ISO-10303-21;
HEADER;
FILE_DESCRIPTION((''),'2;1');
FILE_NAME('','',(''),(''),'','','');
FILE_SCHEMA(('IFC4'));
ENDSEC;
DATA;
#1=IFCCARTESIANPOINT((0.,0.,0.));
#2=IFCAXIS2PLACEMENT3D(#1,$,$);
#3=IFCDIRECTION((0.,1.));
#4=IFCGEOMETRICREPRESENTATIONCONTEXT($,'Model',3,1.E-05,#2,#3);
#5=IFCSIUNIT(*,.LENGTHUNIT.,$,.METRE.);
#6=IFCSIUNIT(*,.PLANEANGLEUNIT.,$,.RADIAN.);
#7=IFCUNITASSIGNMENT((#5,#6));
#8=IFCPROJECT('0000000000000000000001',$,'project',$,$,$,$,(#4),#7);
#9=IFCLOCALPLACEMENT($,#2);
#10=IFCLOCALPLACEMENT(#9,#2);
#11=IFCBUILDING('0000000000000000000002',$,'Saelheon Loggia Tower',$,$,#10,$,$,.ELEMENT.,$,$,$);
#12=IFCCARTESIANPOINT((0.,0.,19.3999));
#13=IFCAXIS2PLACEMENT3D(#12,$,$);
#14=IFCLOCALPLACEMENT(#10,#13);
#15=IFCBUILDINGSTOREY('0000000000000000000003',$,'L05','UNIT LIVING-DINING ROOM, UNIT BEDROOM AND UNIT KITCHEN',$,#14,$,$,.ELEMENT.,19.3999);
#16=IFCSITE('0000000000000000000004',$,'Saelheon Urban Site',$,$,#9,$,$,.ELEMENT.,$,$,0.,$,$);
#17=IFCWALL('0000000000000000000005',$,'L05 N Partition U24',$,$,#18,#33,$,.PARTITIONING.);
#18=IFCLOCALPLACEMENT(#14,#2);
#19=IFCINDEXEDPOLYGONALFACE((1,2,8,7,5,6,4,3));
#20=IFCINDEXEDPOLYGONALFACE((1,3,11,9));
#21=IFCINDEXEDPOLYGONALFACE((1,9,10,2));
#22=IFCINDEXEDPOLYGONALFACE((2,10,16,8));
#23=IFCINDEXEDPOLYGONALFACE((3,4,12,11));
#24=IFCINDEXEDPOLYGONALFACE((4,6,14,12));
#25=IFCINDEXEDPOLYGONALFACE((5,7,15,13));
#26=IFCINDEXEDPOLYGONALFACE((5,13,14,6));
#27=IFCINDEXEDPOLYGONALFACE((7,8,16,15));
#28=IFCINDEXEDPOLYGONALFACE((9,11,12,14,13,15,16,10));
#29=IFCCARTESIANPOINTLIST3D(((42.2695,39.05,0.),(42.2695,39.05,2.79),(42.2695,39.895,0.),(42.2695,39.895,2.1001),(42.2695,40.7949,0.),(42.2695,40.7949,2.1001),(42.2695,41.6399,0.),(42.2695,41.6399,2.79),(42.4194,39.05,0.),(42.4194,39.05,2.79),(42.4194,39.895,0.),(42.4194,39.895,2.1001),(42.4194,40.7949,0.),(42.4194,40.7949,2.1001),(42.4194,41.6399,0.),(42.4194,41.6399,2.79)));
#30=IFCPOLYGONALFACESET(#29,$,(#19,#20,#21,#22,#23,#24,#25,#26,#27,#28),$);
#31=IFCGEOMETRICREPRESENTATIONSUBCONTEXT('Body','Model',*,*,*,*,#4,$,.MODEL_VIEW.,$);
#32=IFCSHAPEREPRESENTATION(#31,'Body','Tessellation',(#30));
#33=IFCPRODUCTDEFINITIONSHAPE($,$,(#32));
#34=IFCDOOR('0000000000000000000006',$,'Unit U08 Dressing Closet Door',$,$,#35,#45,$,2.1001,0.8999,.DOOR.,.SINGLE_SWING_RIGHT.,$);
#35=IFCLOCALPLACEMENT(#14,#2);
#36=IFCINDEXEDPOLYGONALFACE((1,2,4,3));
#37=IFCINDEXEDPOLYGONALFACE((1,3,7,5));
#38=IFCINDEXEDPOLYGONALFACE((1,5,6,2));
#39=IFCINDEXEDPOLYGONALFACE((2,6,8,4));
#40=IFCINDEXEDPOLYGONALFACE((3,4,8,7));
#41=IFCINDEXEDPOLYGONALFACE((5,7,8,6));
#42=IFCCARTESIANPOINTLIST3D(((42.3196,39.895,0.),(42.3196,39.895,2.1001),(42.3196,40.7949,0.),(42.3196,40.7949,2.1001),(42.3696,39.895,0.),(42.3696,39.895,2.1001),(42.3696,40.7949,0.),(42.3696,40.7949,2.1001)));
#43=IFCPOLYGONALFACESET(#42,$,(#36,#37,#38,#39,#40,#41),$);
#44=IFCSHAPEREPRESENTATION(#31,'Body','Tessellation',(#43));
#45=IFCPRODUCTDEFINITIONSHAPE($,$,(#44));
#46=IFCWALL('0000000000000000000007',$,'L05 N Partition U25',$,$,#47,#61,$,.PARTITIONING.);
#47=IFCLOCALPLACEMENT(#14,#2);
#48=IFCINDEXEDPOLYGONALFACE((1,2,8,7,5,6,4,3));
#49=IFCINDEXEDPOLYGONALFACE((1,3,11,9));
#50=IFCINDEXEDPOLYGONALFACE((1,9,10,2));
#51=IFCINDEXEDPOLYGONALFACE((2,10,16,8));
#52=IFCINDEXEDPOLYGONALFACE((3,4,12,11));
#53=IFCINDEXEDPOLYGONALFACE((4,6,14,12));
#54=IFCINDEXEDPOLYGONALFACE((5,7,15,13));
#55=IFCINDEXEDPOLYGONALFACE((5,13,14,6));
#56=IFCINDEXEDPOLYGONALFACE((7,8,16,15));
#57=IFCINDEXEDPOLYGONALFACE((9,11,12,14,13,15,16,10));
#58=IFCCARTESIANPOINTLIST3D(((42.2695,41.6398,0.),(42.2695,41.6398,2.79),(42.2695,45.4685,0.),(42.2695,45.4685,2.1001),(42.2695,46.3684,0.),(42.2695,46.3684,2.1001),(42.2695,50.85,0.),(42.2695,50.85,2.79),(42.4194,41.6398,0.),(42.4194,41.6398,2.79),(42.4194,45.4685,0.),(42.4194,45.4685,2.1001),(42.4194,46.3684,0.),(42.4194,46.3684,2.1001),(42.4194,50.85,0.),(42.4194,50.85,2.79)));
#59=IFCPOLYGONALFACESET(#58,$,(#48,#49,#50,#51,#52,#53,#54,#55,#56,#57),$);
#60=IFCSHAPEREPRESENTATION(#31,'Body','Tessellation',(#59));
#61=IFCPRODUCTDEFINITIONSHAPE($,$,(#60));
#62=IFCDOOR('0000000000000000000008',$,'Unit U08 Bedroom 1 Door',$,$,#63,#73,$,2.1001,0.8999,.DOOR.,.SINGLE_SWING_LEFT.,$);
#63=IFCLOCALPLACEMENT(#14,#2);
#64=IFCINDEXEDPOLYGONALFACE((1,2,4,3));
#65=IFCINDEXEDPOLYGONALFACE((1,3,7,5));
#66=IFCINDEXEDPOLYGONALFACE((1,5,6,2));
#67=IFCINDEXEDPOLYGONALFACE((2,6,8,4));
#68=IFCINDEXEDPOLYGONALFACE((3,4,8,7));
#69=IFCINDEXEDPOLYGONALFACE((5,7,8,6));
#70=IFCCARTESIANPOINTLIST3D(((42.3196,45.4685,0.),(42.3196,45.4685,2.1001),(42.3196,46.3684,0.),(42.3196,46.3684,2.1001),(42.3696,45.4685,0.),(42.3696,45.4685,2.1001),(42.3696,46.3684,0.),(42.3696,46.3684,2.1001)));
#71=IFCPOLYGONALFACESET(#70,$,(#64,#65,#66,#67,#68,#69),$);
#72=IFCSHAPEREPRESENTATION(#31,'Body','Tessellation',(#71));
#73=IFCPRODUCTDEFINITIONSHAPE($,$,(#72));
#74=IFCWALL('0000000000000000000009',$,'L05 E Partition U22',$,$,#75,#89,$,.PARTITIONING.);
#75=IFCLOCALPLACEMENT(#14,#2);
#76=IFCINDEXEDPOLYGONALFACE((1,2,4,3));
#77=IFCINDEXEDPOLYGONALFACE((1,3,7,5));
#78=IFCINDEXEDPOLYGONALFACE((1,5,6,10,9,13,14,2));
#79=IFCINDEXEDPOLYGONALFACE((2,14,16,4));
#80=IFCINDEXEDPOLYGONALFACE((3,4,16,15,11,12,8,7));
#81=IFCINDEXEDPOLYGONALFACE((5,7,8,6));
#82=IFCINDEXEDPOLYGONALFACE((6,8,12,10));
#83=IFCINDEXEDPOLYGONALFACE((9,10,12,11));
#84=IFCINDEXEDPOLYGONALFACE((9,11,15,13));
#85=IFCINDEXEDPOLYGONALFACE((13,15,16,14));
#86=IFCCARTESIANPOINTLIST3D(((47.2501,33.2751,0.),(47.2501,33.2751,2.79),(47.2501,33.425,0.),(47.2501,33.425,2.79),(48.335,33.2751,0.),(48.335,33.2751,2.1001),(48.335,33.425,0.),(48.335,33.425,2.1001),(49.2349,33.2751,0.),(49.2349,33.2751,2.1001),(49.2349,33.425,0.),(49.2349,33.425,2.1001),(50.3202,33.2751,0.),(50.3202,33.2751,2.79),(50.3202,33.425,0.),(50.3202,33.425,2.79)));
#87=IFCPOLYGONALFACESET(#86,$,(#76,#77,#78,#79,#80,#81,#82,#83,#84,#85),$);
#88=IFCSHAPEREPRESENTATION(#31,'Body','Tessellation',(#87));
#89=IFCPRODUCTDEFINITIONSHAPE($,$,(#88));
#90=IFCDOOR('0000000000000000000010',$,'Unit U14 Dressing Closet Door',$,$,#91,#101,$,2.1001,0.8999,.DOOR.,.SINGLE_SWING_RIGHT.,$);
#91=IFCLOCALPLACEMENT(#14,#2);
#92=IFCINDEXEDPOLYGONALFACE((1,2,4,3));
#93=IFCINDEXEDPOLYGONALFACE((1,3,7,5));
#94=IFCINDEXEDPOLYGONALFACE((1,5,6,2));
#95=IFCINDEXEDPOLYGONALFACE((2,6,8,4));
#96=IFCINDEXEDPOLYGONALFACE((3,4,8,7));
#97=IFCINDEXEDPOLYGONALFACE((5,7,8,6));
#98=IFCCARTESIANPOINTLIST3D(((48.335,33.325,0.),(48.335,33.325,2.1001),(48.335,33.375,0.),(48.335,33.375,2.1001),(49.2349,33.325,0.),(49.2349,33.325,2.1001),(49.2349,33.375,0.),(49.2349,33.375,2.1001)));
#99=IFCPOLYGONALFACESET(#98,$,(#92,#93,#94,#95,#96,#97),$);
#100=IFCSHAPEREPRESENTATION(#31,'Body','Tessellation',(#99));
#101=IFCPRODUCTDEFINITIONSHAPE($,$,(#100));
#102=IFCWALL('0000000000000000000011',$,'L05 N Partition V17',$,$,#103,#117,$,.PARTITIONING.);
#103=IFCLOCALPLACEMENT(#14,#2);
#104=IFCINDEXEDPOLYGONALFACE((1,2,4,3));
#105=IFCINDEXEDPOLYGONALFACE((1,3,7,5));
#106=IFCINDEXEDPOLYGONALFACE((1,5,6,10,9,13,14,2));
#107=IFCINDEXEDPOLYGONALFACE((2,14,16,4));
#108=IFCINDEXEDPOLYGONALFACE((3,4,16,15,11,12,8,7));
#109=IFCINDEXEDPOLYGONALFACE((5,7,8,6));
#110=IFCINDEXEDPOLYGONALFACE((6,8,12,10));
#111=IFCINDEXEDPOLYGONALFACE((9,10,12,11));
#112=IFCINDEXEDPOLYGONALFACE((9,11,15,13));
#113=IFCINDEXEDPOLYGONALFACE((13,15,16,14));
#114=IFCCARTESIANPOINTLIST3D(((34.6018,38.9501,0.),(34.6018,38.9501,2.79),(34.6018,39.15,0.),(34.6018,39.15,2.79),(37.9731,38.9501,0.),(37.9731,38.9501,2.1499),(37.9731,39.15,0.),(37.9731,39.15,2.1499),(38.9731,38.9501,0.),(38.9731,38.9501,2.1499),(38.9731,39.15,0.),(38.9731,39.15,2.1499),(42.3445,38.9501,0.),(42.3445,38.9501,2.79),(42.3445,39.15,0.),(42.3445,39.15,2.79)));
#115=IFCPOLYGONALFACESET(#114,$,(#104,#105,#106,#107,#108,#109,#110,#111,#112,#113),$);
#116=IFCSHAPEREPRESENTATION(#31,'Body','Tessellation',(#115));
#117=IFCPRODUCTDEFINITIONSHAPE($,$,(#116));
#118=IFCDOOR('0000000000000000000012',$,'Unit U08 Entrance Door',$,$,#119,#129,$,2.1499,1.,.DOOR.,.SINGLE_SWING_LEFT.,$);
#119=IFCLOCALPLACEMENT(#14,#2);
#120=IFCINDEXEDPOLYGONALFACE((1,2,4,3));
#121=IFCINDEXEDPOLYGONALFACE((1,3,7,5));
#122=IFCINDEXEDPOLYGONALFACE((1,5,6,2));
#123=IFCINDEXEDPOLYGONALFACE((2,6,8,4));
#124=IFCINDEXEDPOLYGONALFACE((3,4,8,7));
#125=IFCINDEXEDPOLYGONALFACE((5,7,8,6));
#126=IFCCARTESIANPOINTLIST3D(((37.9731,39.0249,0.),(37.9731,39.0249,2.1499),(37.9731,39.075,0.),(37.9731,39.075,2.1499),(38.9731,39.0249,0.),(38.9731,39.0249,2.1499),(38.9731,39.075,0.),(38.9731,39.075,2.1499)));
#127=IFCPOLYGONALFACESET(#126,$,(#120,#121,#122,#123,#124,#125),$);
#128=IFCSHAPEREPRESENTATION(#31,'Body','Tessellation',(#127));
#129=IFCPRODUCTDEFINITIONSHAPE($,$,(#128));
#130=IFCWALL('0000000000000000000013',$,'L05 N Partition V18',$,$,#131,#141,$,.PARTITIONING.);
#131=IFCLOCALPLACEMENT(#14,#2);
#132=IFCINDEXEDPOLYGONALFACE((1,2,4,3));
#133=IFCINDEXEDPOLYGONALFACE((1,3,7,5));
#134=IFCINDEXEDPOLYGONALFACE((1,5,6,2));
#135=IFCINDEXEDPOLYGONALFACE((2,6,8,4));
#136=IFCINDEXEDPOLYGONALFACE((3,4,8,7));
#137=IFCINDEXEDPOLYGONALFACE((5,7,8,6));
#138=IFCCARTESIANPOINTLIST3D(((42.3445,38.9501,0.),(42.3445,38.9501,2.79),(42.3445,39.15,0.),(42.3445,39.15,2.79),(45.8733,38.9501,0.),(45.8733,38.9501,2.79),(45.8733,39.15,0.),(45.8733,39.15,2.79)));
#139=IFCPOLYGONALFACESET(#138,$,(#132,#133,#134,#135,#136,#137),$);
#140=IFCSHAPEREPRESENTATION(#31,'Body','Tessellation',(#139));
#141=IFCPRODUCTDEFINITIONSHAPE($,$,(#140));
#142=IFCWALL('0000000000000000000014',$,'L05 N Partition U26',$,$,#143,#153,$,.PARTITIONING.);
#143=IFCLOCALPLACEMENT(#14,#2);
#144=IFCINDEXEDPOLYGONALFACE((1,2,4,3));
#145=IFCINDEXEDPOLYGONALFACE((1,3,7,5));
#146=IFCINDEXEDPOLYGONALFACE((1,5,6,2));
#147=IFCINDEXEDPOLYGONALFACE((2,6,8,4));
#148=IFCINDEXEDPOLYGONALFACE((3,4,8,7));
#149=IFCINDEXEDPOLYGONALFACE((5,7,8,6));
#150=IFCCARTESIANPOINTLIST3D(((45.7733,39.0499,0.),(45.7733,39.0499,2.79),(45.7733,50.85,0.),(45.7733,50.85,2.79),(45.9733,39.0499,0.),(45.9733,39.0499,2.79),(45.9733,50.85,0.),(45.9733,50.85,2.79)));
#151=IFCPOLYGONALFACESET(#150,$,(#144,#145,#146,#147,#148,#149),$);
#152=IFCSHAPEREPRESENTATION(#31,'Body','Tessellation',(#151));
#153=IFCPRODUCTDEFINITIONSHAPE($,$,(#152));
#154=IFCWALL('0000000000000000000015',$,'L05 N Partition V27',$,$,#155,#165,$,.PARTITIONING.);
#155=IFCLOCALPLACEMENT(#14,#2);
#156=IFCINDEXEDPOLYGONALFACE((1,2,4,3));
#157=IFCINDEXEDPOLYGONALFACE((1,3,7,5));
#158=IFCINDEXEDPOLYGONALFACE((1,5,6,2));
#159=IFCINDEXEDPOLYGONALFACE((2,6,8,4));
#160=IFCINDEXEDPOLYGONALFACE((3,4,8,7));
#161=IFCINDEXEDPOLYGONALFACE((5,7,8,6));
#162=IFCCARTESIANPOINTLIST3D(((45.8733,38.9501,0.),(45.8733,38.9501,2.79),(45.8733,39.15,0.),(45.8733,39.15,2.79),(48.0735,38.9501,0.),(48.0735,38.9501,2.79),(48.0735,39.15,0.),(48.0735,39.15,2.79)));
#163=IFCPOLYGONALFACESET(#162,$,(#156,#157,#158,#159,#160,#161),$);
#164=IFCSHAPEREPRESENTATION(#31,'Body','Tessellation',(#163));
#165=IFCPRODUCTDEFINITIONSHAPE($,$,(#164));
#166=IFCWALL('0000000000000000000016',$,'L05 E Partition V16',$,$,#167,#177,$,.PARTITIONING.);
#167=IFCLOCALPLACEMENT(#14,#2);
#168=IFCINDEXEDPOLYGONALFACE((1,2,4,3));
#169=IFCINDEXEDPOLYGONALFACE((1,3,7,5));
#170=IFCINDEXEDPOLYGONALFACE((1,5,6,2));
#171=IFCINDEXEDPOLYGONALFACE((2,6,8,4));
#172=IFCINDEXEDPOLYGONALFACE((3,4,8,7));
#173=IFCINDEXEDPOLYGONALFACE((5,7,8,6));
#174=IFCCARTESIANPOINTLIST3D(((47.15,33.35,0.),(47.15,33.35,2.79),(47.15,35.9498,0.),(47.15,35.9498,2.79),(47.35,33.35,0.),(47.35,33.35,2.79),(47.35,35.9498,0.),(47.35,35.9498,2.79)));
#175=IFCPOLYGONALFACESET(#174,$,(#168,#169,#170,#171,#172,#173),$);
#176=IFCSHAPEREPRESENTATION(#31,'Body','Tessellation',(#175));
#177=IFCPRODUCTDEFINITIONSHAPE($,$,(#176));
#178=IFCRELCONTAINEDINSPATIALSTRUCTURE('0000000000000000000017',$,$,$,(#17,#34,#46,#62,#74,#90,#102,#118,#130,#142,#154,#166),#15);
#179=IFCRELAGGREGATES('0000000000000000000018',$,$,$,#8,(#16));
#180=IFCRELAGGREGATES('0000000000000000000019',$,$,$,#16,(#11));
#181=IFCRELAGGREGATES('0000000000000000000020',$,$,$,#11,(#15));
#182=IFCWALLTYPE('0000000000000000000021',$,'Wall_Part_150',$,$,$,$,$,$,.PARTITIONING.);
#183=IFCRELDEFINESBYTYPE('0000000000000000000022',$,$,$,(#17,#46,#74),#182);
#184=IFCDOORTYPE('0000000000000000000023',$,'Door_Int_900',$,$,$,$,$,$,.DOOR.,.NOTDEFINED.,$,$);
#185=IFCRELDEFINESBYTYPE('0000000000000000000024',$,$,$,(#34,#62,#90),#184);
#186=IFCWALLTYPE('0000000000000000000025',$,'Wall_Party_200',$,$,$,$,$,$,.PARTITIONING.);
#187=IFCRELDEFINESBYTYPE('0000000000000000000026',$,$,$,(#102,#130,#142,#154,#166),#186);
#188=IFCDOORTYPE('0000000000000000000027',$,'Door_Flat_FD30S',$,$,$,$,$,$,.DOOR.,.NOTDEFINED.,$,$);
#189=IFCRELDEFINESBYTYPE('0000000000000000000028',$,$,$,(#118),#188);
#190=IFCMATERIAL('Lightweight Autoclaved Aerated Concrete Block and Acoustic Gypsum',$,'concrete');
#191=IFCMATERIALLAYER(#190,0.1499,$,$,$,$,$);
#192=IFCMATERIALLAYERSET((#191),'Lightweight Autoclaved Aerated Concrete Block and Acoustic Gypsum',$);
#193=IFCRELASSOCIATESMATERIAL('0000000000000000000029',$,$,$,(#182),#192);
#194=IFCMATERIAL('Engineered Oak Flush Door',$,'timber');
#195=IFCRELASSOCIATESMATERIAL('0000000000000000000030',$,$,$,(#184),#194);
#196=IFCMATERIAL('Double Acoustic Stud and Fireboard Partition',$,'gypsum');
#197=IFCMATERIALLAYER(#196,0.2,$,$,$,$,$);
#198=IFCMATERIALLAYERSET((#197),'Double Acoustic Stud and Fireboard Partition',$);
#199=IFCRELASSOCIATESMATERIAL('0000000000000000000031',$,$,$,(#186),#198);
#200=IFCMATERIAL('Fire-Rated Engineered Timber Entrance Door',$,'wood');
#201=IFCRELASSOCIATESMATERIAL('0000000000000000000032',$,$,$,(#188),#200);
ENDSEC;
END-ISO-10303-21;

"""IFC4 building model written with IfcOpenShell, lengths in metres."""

from ifc_helpers import new_model, si_unit, direction, frame, frame_2d, origin, place, context, subcontext, project, spatial, rectangle, extrude, source, transform, mapped, material, layer, layer_set, type_object, element, fill, save


model = new_model("IFC4")

# Units and contexts
model_context = context("Model", 3, precision=1e-05, world=origin(), true_north=direction((0.0, 1.0)))
body_context = subcontext(model_context, "Body", "Model", "MODEL_VIEW")
ifc_project = project(units=[si_unit("LENGTHUNIT", "METRE"), si_unit("PLANEANGLEUNIT", "RADIAN")], contexts=[model_context])

# Site, building, storey
site_placement = place(None, origin())
site = spatial("IfcSite", under=ifc_project, at=site_placement, Name="Saelheon Urban Site", CompositionType="ELEMENT", RefElevation=0.0)
building_placement = place(site_placement, origin())
building = spatial("IfcBuilding", under=site, at=building_placement, Name="Saelheon Loggia Tower", CompositionType="ELEMENT")
storey_placement = place(building_placement, frame((0.0, 0.0, 19.3999)))
storey = spatial("IfcBuildingStorey", under=building, at=storey_placement, Name="L05", Description="UNIT LIVING-DINING ROOM, UNIT BEDROOM AND UNIT KITCHEN", CompositionType="ELEMENT", Elevation=19.3999)

# Shared definitions
ifc_material_1 = material(Name="Lightweight Autoclaved Aerated Concrete Block and Acoustic Gypsum", Category="concrete")
ifc_layer_1 = layer(ifc_material_1, 0.1499)
ifc_layer_set_1 = layer_set([ifc_layer_1], Name="Lightweight Autoclaved Aerated Concrete Block and Acoustic Gypsum")
wall_type_1 = type_object("IfcWallType", Name="Wall_Part_150", PredefinedType="PARTITIONING", material=ifc_layer_set_1)

# Walls, openings, doors
ifc_material_2 = material(Name="Engineered Oak Flush Door", Category="timber")
door_type_1 = type_object("IfcDoorType", Name="Door_Int_900", OperationType="NOTDEFINED", PredefinedType="DOOR", material=ifc_material_2)
shared_shape_1 = source(origin(), body_context, "Body", "SweptSolid", [
    extrude(rectangle(XDim=0.8999, YDim=2.1001, at=frame_2d((0.45, 1.05))), frame((0.0, 0.0249, 0.0), z_axis=(0.0, -1.0, 0.0), x_axis=(1.0, 0.0, 0.0)), (0.0, 0.0, 1.0), 0.05),
])
wall_1_placement = place(storey_placement, frame((42.3445, 39.05, 0.0), z_axis=(0.0, 0.0, 1.0), x_axis=(0.0, 1.0, 0.0)))
wall_1 = element("IfcWall", 1, at=wall_1_placement, inside=storey, type_object=wall_type_1, Name="L05 N Partition U24", PredefinedType="PARTITIONING", context=body_context, shape_type="SweptSolid", body=[
    extrude(rectangle(XDim=2.5898, YDim=0.1499, at=frame_2d((1.2949, 0.0))), origin(), (0.0, 0.0, 1.0), 2.79),
])
opening_1_placement = place(wall_1_placement, frame((0.845, 0.0, 0.0)))
opening_1 = element("IfcOpeningElement", 2, at=opening_1_placement, cuts=wall_1, PredefinedType="OPENING", context=body_context, shape_type="SweptSolid", body=[
    extrude(rectangle(XDim=0.8999, YDim=2.1001, at=frame_2d((0.45, 1.05))), frame((0.0, 0.0869, 0.0), z_axis=(0.0, -1.0, 0.0), x_axis=(1.0, 0.0, 0.0)), (0.0, 0.0, 1.0), 0.1738),
])
door_1_placement = place(opening_1_placement, origin())
door_1 = element("IfcDoor", 3, at=door_1_placement, inside=storey, type_object=door_type_1, Name="Unit U08 Dressing Closet Door", OperationType="SINGLE_SWING_RIGHT", OverallHeight=2.1001, OverallWidth=0.8999, PredefinedType="DOOR", context=body_context, shape_type="MappedRepresentation", body=[
    mapped(shared_shape_1, transform((0.0, 0.0, 0.0), scale=1.0)),
])
fill(opening_1, door_1)
wall_2_placement = place(storey_placement, frame((42.3445, 41.6399, 0.0), z_axis=(0.0, 0.0, 1.0), x_axis=(0.0, 1.0, 0.0)))
wall_2 = element("IfcWall", 4, at=wall_2_placement, inside=storey, type_object=wall_type_1, Name="L05 N Partition U25", PredefinedType="PARTITIONING", context=body_context, shape_type="SweptSolid", body=[
    extrude(rectangle(XDim=9.2102, YDim=0.1499, at=frame_2d((4.605, 0.0))), origin(), (0.0, 0.0, 1.0), 2.79),
])
opening_2_placement = place(wall_2_placement, frame((3.8286, 0.0, 0.0)))
opening_2 = element("IfcOpeningElement", 5, at=opening_2_placement, cuts=wall_2, PredefinedType="OPENING", context=body_context, shape_type="SweptSolid", body=[
    extrude(rectangle(XDim=0.8999, YDim=2.1001, at=frame_2d((0.45, 1.05))), frame((0.0, 0.0869, 0.0), z_axis=(0.0, -1.0, 0.0), x_axis=(1.0, 0.0, 0.0)), (0.0, 0.0, 1.0), 0.1738),
])
door_2_placement = place(opening_2_placement, origin())
door_2 = element("IfcDoor", 6, at=door_2_placement, inside=storey, type_object=door_type_1, Name="Unit U08 Bedroom 1 Door", OperationType="SINGLE_SWING_LEFT", OverallHeight=2.1001, OverallWidth=0.8999, PredefinedType="DOOR", context=body_context, shape_type="MappedRepresentation", body=[
    mapped(shared_shape_1, transform((0.0, 0.0, 0.0), scale=1.0)),
])
fill(opening_2, door_2)
wall_3_placement = place(storey_placement, frame((47.25, 33.3501, 0.0), z_axis=(0.0, 0.0, 1.0), x_axis=(1.0, 0.0, 0.0)))
wall_3 = element("IfcWall", 7, at=wall_3_placement, inside=storey, type_object=wall_type_1, Name="L05 E Partition U22", PredefinedType="PARTITIONING", context=body_context, shape_type="SweptSolid", body=[
    extrude(rectangle(XDim=3.0701, YDim=0.1499, at=frame_2d((1.5352, 0.0))), origin(), (0.0, 0.0, 1.0), 2.79),
])
opening_3_placement = place(wall_3_placement, frame((1.085, 0.0, 0.0)))
opening_3 = element("IfcOpeningElement", 8, at=opening_3_placement, cuts=wall_3, PredefinedType="OPENING", context=body_context, shape_type="SweptSolid", body=[
    extrude(rectangle(XDim=0.8999, YDim=2.1001, at=frame_2d((0.45, 1.05))), frame((0.0, 0.0869, 0.0), z_axis=(0.0, -1.0, 0.0), x_axis=(1.0, 0.0, 0.0)), (0.0, 0.0, 1.0), 0.1738),
])
door_3_placement = place(opening_3_placement, origin())
door_3 = element("IfcDoor", 9, at=door_3_placement, inside=storey, type_object=door_type_1, Name="Unit U14 Dressing Closet Door", OperationType="SINGLE_SWING_RIGHT", OverallHeight=2.1001, OverallWidth=0.8999, PredefinedType="DOOR", context=body_context, shape_type="MappedRepresentation", body=[
    mapped(shared_shape_1, transform((0.0, 0.0, 0.0), scale=1.0)),
])
fill(opening_3, door_3)
ifc_material_3 = material(Name="Double Acoustic Stud and Fireboard Partition", Category="gypsum")
ifc_layer_2 = layer(ifc_material_3, 0.2)
ifc_layer_set_2 = layer_set([ifc_layer_2], Name="Double Acoustic Stud and Fireboard Partition")
wall_type_2 = type_object("IfcWallType", Name="Wall_Party_200", PredefinedType="PARTITIONING", material=ifc_layer_set_2)
wall_4_placement = place(storey_placement, frame((34.6018, 39.05, 0.0), z_axis=(0.0, 0.0, 1.0), x_axis=(1.0, 0.0, 0.0)))
wall_4 = element("IfcWall", 10, at=wall_4_placement, inside=storey, type_object=wall_type_2, Name="L05 N Partition V17", PredefinedType="PARTITIONING", context=body_context, shape_type="SweptSolid", body=[
    extrude(rectangle(XDim=7.7427, YDim=0.2, at=frame_2d((3.8713, 0.0))), origin(), (0.0, 0.0, 1.0), 2.79),
])
opening_4_placement = place(wall_4_placement, frame((3.3713, 0.0, 0.0)))
opening_4 = element("IfcOpeningElement", 11, at=opening_4_placement, cuts=wall_4, PredefinedType="OPENING", context=body_context, shape_type="SweptSolid", body=[
    extrude(rectangle(XDim=1.0, YDim=2.1499, at=frame_2d((0.5, 1.075))), frame((0.0, 0.1121, 0.0), z_axis=(0.0, -1.0, 0.0), x_axis=(1.0, 0.0, 0.0)), (0.0, 0.0, 1.0), 0.2239),
])
ifc_material_4 = material(Name="Fire-Rated Engineered Timber Entrance Door", Category="wood")
door_type_2 = type_object("IfcDoorType", Name="Door_Flat_FD30S", OperationType="NOTDEFINED", PredefinedType="DOOR", material=ifc_material_4)
shared_shape_2 = source(origin(), body_context, "Body", "SweptSolid", [
    extrude(rectangle(XDim=1.0, YDim=2.1499, at=frame_2d((0.5, 1.075))), frame((0.0, 0.0249, 0.0), z_axis=(0.0, -1.0, 0.0), x_axis=(1.0, 0.0, 0.0)), (0.0, 0.0, 1.0), 0.05),
])
door_4_placement = place(opening_4_placement, origin())
door_4 = element("IfcDoor", 12, at=door_4_placement, inside=storey, type_object=door_type_2, Name="Unit U08 Entrance Door", OperationType="SINGLE_SWING_LEFT", OverallHeight=2.1499, OverallWidth=1.0, PredefinedType="DOOR", context=body_context, shape_type="MappedRepresentation", body=[
    mapped(shared_shape_2, transform((0.0, 0.0, 0.0), scale=1.0)),
])
fill(opening_4, door_4)

# Walls
wall_5_placement = place(storey_placement, frame((42.3445, 39.05, 0.0), z_axis=(0.0, 0.0, 1.0), x_axis=(1.0, 0.0, 0.0)))
element("IfcWall", 13, at=wall_5_placement, inside=storey, type_object=wall_type_2, Name="L05 N Partition V18", PredefinedType="PARTITIONING", context=body_context, shape_type="SweptSolid", body=[
    extrude(rectangle(XDim=3.5288, YDim=0.2, at=frame_2d((1.7644, 0.0))), origin(), (0.0, 0.0, 1.0), 2.79),
])
wall_6_placement = place(storey_placement, frame((45.8733, 39.05, 0.0), z_axis=(0.0, 0.0, 1.0), x_axis=(0.0, 1.0, 0.0)))
element("IfcWall", 14, at=wall_6_placement, inside=storey, type_object=wall_type_2, Name="L05 N Partition U26", PredefinedType="PARTITIONING", context=body_context, shape_type="SweptSolid", body=[
    extrude(rectangle(XDim=11.8, YDim=0.2, at=frame_2d((5.8999, 0.0))), origin(), (0.0, 0.0, 1.0), 2.79),
])
wall_7_placement = place(storey_placement, frame((45.8733, 39.05, 0.0), z_axis=(0.0, 0.0, 1.0), x_axis=(1.0, 0.0, 0.0)))
element("IfcWall", 15, at=wall_7_placement, inside=storey, type_object=wall_type_2, Name="L05 N Partition V27", PredefinedType="PARTITIONING", context=body_context, shape_type="SweptSolid", body=[
    extrude(rectangle(XDim=2.2002, YDim=0.2, at=frame_2d((1.1001, 0.0))), origin(), (0.0, 0.0, 1.0), 2.79),
])
wall_8_placement = place(storey_placement, frame((47.25, 33.3501, 0.0), z_axis=(0.0, 0.0, 1.0), x_axis=(0.0, 1.0, 0.0)))
element("IfcWall", 16, at=wall_8_placement, inside=storey, type_object=wall_type_2, Name="L05 E Partition V16", PredefinedType="PARTITIONING", context=body_context, shape_type="SweptSolid", body=[
    extrude(rectangle(XDim=2.5999, YDim=0.2, at=frame_2d((1.2998, 0.0))), origin(), (0.0, 0.0, 1.0), 2.79),
])

save(model, "model.ifc")
